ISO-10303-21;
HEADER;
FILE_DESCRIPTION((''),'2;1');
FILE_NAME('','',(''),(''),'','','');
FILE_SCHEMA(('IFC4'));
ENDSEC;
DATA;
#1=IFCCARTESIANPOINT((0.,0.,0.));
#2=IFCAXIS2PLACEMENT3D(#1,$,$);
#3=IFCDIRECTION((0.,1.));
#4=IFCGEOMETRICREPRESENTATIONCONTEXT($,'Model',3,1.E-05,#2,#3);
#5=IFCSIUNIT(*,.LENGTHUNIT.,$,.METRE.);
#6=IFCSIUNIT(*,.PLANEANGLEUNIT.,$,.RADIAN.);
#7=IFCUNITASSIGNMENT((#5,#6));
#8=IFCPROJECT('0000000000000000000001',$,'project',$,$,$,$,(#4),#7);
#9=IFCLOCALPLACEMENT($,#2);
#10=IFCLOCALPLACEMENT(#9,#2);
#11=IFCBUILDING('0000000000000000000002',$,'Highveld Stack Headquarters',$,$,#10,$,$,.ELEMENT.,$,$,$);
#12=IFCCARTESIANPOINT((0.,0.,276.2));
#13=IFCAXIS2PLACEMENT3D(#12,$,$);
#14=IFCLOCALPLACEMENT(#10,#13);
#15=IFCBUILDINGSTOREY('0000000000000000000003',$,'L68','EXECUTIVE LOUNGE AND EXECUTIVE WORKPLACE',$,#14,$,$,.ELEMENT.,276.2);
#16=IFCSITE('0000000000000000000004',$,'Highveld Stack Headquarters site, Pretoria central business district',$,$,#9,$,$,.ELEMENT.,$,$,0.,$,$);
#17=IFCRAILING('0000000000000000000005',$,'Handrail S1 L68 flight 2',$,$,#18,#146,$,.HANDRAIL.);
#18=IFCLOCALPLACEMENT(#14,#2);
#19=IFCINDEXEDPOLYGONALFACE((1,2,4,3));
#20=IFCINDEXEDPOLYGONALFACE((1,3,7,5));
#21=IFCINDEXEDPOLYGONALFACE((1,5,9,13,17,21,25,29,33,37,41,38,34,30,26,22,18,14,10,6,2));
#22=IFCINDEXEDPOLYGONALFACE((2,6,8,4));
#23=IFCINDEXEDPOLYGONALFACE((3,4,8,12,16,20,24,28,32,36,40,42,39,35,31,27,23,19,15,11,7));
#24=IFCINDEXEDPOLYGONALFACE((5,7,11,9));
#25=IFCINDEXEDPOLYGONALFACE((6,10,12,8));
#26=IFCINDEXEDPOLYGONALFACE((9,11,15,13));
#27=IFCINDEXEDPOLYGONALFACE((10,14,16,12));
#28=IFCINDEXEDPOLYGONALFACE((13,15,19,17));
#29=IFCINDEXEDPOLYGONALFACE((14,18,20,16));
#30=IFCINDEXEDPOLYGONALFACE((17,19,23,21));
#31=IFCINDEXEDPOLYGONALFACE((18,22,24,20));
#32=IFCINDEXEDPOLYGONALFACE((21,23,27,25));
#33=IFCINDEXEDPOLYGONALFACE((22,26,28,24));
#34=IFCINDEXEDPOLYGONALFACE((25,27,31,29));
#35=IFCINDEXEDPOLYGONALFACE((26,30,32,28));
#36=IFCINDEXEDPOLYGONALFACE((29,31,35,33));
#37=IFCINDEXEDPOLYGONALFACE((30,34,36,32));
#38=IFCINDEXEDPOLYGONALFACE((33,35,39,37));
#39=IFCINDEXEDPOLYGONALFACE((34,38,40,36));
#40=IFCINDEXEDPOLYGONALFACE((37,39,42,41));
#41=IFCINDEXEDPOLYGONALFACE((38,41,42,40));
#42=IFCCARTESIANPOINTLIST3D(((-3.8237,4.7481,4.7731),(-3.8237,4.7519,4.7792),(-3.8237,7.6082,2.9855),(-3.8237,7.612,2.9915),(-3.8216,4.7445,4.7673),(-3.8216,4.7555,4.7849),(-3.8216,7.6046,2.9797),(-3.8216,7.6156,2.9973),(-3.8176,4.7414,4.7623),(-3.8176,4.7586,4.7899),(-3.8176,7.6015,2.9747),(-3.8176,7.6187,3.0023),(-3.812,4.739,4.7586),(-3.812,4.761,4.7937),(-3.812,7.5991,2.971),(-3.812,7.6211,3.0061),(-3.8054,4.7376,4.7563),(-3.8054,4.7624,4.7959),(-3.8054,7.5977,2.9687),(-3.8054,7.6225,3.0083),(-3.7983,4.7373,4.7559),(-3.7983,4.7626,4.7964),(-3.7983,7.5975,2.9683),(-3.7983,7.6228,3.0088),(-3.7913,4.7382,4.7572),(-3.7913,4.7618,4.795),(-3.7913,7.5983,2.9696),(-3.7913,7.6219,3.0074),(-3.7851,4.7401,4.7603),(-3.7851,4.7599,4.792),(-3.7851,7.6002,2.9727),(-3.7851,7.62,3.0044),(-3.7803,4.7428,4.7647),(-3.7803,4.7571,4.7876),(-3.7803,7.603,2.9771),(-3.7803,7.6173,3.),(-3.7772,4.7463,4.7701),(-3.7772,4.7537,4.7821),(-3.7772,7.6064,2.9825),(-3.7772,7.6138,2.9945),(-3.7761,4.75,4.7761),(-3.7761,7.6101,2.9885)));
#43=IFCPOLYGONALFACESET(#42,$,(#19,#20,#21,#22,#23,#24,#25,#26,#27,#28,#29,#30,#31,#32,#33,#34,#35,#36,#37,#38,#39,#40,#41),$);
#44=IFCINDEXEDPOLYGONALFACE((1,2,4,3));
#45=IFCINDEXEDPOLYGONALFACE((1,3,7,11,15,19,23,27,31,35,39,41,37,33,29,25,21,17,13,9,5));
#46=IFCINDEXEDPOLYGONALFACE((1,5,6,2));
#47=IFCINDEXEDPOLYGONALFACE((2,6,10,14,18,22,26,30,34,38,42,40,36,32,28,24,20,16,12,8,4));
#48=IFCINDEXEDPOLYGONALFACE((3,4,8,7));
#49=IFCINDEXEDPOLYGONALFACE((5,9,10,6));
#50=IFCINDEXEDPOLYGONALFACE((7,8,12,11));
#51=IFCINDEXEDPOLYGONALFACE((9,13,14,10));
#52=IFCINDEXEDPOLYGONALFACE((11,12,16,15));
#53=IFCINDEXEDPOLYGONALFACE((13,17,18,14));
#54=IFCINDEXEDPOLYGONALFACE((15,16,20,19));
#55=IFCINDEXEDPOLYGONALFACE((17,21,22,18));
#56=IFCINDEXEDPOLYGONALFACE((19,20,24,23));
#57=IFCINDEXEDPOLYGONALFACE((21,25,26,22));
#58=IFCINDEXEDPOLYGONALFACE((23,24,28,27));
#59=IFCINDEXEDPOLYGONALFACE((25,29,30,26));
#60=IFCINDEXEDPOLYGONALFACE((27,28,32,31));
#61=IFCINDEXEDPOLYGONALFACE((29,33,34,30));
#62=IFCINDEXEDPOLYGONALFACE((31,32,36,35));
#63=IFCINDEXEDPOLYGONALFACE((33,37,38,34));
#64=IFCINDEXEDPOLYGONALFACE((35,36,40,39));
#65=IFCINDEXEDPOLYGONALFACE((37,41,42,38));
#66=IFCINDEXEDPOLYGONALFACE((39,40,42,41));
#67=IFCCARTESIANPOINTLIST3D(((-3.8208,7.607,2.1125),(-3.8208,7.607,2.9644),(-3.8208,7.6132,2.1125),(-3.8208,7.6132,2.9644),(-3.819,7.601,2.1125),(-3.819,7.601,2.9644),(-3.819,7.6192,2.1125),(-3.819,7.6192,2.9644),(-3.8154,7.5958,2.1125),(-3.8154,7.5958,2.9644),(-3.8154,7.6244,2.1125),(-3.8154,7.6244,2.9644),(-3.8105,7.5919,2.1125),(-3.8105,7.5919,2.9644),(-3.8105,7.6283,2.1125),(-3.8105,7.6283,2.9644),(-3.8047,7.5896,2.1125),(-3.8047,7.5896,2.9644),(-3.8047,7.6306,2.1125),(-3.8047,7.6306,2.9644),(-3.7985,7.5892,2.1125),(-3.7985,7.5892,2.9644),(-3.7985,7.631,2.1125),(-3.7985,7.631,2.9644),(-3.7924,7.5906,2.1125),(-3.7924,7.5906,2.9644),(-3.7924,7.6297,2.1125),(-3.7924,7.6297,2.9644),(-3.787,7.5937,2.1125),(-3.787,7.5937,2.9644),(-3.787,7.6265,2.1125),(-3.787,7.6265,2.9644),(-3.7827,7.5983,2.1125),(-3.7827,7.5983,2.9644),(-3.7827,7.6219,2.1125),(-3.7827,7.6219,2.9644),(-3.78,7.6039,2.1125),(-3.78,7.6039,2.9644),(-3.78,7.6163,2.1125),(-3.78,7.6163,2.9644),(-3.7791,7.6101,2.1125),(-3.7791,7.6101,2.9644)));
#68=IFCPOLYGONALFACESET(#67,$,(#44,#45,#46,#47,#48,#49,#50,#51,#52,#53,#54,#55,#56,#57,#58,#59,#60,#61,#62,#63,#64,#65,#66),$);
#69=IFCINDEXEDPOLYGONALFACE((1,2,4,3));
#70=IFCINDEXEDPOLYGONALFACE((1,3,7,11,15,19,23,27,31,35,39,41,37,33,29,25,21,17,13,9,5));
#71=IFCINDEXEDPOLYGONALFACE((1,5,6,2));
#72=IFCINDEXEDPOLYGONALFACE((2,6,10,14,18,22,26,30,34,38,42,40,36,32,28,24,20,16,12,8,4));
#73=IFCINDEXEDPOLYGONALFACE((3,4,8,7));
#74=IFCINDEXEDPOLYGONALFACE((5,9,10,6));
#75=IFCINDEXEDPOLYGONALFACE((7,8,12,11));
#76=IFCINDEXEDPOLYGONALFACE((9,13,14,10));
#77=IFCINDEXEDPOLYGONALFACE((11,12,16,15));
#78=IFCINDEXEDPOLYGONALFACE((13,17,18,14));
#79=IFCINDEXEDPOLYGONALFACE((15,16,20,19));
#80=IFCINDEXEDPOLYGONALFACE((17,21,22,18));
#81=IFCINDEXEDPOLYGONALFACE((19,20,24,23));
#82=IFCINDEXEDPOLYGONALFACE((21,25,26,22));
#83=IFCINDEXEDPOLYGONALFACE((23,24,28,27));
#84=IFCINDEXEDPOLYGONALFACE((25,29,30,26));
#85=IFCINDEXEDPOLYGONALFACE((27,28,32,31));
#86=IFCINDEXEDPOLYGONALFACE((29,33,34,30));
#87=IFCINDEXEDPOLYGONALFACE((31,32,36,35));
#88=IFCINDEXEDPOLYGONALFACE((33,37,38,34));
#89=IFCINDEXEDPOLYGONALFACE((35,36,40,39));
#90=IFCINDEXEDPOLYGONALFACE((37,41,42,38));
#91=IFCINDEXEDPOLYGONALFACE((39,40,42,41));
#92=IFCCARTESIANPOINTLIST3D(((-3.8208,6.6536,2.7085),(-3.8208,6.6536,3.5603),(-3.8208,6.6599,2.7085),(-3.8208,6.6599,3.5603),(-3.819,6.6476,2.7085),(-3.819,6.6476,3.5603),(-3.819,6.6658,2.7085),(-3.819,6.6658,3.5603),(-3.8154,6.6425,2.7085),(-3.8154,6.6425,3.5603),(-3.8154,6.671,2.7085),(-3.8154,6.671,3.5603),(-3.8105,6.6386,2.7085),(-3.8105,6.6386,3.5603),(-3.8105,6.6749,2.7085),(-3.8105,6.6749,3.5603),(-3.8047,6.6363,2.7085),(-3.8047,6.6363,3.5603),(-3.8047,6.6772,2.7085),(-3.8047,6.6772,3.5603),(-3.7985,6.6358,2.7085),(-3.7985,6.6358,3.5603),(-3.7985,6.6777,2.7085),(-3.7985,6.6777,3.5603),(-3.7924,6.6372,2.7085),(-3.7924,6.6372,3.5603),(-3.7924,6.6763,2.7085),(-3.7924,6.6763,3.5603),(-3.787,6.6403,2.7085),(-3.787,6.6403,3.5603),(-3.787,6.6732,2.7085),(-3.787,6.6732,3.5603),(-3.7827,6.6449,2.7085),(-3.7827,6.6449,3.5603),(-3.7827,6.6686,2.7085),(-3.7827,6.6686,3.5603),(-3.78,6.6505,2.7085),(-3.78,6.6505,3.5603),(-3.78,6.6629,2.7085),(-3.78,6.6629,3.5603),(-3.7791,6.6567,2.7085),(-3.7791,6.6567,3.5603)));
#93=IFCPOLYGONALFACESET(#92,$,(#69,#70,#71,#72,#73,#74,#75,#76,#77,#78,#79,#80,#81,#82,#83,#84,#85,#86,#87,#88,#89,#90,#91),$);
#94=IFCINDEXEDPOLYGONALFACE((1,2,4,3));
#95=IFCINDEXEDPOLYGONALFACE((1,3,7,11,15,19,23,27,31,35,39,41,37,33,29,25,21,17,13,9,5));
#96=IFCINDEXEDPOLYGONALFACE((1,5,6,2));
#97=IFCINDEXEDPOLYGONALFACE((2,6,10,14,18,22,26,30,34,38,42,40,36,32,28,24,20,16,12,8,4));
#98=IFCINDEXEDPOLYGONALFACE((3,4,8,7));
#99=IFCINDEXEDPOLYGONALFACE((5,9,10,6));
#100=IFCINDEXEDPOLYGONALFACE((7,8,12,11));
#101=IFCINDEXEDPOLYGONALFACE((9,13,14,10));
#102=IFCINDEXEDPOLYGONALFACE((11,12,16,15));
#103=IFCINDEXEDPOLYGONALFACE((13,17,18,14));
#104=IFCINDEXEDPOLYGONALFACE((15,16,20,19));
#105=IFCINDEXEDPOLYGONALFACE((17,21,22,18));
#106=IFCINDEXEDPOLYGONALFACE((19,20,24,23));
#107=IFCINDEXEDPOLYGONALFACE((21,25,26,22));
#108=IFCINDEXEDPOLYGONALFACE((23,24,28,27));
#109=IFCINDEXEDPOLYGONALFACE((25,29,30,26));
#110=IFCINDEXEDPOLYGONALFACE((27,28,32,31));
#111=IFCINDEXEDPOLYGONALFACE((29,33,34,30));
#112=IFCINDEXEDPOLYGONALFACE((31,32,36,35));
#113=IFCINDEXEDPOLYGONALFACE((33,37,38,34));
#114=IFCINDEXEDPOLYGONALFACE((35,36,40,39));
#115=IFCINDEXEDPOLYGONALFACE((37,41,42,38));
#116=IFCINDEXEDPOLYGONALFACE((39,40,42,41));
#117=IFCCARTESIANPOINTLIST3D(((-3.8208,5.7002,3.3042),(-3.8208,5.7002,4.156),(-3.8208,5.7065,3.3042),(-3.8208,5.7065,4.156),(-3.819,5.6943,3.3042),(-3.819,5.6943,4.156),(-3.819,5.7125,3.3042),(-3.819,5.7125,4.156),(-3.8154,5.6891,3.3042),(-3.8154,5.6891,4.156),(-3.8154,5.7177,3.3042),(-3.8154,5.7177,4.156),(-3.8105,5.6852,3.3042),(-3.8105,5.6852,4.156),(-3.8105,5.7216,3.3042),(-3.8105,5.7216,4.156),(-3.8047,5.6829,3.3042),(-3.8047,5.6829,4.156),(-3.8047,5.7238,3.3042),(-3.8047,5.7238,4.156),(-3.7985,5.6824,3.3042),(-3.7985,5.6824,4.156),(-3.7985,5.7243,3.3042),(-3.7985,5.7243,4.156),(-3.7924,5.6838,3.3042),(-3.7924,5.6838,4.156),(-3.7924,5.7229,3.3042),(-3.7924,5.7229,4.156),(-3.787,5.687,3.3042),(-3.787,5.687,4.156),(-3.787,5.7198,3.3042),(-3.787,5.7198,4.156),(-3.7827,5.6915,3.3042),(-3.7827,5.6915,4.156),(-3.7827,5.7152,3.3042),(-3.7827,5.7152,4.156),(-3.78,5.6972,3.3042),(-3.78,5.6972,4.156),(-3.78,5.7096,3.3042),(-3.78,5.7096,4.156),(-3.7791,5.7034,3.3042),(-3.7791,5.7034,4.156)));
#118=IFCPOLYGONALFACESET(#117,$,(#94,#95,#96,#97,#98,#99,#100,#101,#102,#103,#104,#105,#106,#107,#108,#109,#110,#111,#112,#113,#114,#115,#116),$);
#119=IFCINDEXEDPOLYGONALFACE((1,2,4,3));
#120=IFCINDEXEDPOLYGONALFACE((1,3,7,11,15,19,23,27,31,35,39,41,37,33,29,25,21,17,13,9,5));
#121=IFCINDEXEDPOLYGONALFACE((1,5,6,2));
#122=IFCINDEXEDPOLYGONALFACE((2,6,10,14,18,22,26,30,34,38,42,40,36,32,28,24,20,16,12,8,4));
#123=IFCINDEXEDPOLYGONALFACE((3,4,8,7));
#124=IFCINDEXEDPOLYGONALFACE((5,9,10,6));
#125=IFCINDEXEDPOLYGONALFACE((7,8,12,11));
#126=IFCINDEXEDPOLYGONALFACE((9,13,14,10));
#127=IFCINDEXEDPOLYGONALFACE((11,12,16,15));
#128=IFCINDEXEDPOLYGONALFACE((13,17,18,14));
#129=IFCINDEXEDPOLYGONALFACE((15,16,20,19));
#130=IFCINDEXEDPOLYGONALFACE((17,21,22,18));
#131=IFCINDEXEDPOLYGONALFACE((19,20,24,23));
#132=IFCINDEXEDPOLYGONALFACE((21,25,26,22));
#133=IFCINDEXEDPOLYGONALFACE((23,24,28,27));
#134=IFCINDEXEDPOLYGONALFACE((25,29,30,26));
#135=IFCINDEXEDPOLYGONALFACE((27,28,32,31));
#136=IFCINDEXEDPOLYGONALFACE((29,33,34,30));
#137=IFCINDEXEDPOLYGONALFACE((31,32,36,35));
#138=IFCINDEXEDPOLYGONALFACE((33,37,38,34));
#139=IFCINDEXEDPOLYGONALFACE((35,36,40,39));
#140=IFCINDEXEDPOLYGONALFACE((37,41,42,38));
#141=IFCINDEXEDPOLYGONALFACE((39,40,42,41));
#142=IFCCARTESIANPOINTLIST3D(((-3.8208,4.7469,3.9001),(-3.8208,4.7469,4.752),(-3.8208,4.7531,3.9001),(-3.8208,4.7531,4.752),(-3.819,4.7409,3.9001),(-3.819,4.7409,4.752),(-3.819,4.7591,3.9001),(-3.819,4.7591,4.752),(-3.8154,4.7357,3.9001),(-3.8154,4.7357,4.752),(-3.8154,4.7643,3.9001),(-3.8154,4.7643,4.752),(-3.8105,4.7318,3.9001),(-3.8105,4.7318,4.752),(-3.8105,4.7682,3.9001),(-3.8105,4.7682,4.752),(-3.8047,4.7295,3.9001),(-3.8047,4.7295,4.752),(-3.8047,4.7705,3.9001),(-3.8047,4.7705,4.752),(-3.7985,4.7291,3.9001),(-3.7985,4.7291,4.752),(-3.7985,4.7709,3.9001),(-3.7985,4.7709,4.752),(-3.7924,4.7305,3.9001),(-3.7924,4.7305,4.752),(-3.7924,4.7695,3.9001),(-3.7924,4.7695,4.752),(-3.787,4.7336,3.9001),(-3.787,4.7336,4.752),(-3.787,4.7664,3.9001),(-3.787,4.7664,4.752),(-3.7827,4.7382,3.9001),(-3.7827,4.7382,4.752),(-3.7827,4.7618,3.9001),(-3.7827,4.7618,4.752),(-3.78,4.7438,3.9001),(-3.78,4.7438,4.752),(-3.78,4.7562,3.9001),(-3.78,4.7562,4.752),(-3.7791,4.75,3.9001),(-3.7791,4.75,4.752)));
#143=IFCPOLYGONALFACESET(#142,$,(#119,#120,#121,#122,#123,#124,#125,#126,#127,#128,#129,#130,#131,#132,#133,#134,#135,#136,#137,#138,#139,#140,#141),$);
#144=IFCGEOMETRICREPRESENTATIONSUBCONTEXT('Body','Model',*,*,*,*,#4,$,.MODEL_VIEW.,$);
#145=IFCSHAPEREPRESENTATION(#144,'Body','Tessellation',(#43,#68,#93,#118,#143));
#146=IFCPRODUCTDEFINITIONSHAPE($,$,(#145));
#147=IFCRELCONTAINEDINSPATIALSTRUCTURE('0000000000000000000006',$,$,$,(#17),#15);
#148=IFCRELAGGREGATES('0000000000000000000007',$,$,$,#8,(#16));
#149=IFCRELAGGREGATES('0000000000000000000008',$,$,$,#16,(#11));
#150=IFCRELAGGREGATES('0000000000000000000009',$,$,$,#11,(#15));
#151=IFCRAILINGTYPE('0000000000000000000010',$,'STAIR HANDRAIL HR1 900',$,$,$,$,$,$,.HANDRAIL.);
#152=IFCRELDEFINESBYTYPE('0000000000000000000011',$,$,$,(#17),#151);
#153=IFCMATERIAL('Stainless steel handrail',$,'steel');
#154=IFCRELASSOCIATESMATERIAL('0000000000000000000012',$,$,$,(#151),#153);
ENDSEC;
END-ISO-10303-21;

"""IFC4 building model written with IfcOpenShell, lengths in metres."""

from ifc_helpers import new_model, si_unit, direction, frame, origin, origin_2d, place, context, subcontext, project, spatial, circle, extrude, material, type_object, element, save


model = new_model("IFC4")

# Units and contexts
model_context = context("Model", 3, precision=1e-05, world=origin(), true_north=direction((0.0, 1.0)))
body_context = subcontext(model_context, "Body", "Model", "MODEL_VIEW")
ifc_project = project(units=[si_unit("LENGTHUNIT", "METRE"), si_unit("PLANEANGLEUNIT", "RADIAN")], contexts=[model_context])

# Site, building, storey
site_placement = place(None, origin())
site = spatial("IfcSite", under=ifc_project, at=site_placement, Name="Highveld Stack Headquarters site, Pretoria central business district", CompositionType="ELEMENT", RefElevation=0.0)
building_placement = place(site_placement, origin())
building = spatial("IfcBuilding", under=site, at=building_placement, Name="Highveld Stack Headquarters", CompositionType="ELEMENT")
storey_placement = place(building_placement, frame((0.0, 0.0, 276.2)))
storey = spatial("IfcBuildingStorey", under=building, at=storey_placement, Name="L68", Description="EXECUTIVE LOUNGE AND EXECUTIVE WORKPLACE", CompositionType="ELEMENT", Elevation=276.2)

# Railing
ifc_material_1 = material(Name="Stainless steel handrail", Category="steel")
railing_type = type_object("IfcRailingType", Name="STAIR HANDRAIL HR1 900", PredefinedType="HANDRAIL", material=ifc_material_1)
for number, where, name in (
    (1, (-3.8, 7.6101, 2.1125), "Handrail S1 L68 flight 2"),
):
    element("IfcRailing", number, at=place(storey_placement, frame(where)), inside=storey, type_object=railing_type, Name=name, PredefinedType="HANDRAIL", context=body_context, shape_type="SweptSolid", body=[
        extrude(circle(Radius=0.0239, at=origin_2d()), frame((0.0, 0.0, 0.876), z_axis=(0.0, -0.847994, 0.530005), x_axis=(1.0, 0.0, 0.0)), (0.0, 0.0, 1.0), 3.3728),
        extrude(circle(Radius=0.021, at=origin_2d()), origin(), (0.0, 0.0, 1.0), 0.8518),
        extrude(circle(Radius=0.021, at=origin_2d()), frame((0.0, -0.9534, 0.5959)), (0.0, 0.0, 1.0), 0.8518),
        extrude(circle(Radius=0.021, at=origin_2d()), frame((0.0, -1.9067, 1.1917)), (0.0, 0.0, 1.0), 0.8518),
        extrude(circle(Radius=0.021, at=origin_2d()), frame((0.0, -2.8601, 1.7876)), (0.0, 0.0, 1.0), 0.8518),
    ])

save(model, "model.ifc")
